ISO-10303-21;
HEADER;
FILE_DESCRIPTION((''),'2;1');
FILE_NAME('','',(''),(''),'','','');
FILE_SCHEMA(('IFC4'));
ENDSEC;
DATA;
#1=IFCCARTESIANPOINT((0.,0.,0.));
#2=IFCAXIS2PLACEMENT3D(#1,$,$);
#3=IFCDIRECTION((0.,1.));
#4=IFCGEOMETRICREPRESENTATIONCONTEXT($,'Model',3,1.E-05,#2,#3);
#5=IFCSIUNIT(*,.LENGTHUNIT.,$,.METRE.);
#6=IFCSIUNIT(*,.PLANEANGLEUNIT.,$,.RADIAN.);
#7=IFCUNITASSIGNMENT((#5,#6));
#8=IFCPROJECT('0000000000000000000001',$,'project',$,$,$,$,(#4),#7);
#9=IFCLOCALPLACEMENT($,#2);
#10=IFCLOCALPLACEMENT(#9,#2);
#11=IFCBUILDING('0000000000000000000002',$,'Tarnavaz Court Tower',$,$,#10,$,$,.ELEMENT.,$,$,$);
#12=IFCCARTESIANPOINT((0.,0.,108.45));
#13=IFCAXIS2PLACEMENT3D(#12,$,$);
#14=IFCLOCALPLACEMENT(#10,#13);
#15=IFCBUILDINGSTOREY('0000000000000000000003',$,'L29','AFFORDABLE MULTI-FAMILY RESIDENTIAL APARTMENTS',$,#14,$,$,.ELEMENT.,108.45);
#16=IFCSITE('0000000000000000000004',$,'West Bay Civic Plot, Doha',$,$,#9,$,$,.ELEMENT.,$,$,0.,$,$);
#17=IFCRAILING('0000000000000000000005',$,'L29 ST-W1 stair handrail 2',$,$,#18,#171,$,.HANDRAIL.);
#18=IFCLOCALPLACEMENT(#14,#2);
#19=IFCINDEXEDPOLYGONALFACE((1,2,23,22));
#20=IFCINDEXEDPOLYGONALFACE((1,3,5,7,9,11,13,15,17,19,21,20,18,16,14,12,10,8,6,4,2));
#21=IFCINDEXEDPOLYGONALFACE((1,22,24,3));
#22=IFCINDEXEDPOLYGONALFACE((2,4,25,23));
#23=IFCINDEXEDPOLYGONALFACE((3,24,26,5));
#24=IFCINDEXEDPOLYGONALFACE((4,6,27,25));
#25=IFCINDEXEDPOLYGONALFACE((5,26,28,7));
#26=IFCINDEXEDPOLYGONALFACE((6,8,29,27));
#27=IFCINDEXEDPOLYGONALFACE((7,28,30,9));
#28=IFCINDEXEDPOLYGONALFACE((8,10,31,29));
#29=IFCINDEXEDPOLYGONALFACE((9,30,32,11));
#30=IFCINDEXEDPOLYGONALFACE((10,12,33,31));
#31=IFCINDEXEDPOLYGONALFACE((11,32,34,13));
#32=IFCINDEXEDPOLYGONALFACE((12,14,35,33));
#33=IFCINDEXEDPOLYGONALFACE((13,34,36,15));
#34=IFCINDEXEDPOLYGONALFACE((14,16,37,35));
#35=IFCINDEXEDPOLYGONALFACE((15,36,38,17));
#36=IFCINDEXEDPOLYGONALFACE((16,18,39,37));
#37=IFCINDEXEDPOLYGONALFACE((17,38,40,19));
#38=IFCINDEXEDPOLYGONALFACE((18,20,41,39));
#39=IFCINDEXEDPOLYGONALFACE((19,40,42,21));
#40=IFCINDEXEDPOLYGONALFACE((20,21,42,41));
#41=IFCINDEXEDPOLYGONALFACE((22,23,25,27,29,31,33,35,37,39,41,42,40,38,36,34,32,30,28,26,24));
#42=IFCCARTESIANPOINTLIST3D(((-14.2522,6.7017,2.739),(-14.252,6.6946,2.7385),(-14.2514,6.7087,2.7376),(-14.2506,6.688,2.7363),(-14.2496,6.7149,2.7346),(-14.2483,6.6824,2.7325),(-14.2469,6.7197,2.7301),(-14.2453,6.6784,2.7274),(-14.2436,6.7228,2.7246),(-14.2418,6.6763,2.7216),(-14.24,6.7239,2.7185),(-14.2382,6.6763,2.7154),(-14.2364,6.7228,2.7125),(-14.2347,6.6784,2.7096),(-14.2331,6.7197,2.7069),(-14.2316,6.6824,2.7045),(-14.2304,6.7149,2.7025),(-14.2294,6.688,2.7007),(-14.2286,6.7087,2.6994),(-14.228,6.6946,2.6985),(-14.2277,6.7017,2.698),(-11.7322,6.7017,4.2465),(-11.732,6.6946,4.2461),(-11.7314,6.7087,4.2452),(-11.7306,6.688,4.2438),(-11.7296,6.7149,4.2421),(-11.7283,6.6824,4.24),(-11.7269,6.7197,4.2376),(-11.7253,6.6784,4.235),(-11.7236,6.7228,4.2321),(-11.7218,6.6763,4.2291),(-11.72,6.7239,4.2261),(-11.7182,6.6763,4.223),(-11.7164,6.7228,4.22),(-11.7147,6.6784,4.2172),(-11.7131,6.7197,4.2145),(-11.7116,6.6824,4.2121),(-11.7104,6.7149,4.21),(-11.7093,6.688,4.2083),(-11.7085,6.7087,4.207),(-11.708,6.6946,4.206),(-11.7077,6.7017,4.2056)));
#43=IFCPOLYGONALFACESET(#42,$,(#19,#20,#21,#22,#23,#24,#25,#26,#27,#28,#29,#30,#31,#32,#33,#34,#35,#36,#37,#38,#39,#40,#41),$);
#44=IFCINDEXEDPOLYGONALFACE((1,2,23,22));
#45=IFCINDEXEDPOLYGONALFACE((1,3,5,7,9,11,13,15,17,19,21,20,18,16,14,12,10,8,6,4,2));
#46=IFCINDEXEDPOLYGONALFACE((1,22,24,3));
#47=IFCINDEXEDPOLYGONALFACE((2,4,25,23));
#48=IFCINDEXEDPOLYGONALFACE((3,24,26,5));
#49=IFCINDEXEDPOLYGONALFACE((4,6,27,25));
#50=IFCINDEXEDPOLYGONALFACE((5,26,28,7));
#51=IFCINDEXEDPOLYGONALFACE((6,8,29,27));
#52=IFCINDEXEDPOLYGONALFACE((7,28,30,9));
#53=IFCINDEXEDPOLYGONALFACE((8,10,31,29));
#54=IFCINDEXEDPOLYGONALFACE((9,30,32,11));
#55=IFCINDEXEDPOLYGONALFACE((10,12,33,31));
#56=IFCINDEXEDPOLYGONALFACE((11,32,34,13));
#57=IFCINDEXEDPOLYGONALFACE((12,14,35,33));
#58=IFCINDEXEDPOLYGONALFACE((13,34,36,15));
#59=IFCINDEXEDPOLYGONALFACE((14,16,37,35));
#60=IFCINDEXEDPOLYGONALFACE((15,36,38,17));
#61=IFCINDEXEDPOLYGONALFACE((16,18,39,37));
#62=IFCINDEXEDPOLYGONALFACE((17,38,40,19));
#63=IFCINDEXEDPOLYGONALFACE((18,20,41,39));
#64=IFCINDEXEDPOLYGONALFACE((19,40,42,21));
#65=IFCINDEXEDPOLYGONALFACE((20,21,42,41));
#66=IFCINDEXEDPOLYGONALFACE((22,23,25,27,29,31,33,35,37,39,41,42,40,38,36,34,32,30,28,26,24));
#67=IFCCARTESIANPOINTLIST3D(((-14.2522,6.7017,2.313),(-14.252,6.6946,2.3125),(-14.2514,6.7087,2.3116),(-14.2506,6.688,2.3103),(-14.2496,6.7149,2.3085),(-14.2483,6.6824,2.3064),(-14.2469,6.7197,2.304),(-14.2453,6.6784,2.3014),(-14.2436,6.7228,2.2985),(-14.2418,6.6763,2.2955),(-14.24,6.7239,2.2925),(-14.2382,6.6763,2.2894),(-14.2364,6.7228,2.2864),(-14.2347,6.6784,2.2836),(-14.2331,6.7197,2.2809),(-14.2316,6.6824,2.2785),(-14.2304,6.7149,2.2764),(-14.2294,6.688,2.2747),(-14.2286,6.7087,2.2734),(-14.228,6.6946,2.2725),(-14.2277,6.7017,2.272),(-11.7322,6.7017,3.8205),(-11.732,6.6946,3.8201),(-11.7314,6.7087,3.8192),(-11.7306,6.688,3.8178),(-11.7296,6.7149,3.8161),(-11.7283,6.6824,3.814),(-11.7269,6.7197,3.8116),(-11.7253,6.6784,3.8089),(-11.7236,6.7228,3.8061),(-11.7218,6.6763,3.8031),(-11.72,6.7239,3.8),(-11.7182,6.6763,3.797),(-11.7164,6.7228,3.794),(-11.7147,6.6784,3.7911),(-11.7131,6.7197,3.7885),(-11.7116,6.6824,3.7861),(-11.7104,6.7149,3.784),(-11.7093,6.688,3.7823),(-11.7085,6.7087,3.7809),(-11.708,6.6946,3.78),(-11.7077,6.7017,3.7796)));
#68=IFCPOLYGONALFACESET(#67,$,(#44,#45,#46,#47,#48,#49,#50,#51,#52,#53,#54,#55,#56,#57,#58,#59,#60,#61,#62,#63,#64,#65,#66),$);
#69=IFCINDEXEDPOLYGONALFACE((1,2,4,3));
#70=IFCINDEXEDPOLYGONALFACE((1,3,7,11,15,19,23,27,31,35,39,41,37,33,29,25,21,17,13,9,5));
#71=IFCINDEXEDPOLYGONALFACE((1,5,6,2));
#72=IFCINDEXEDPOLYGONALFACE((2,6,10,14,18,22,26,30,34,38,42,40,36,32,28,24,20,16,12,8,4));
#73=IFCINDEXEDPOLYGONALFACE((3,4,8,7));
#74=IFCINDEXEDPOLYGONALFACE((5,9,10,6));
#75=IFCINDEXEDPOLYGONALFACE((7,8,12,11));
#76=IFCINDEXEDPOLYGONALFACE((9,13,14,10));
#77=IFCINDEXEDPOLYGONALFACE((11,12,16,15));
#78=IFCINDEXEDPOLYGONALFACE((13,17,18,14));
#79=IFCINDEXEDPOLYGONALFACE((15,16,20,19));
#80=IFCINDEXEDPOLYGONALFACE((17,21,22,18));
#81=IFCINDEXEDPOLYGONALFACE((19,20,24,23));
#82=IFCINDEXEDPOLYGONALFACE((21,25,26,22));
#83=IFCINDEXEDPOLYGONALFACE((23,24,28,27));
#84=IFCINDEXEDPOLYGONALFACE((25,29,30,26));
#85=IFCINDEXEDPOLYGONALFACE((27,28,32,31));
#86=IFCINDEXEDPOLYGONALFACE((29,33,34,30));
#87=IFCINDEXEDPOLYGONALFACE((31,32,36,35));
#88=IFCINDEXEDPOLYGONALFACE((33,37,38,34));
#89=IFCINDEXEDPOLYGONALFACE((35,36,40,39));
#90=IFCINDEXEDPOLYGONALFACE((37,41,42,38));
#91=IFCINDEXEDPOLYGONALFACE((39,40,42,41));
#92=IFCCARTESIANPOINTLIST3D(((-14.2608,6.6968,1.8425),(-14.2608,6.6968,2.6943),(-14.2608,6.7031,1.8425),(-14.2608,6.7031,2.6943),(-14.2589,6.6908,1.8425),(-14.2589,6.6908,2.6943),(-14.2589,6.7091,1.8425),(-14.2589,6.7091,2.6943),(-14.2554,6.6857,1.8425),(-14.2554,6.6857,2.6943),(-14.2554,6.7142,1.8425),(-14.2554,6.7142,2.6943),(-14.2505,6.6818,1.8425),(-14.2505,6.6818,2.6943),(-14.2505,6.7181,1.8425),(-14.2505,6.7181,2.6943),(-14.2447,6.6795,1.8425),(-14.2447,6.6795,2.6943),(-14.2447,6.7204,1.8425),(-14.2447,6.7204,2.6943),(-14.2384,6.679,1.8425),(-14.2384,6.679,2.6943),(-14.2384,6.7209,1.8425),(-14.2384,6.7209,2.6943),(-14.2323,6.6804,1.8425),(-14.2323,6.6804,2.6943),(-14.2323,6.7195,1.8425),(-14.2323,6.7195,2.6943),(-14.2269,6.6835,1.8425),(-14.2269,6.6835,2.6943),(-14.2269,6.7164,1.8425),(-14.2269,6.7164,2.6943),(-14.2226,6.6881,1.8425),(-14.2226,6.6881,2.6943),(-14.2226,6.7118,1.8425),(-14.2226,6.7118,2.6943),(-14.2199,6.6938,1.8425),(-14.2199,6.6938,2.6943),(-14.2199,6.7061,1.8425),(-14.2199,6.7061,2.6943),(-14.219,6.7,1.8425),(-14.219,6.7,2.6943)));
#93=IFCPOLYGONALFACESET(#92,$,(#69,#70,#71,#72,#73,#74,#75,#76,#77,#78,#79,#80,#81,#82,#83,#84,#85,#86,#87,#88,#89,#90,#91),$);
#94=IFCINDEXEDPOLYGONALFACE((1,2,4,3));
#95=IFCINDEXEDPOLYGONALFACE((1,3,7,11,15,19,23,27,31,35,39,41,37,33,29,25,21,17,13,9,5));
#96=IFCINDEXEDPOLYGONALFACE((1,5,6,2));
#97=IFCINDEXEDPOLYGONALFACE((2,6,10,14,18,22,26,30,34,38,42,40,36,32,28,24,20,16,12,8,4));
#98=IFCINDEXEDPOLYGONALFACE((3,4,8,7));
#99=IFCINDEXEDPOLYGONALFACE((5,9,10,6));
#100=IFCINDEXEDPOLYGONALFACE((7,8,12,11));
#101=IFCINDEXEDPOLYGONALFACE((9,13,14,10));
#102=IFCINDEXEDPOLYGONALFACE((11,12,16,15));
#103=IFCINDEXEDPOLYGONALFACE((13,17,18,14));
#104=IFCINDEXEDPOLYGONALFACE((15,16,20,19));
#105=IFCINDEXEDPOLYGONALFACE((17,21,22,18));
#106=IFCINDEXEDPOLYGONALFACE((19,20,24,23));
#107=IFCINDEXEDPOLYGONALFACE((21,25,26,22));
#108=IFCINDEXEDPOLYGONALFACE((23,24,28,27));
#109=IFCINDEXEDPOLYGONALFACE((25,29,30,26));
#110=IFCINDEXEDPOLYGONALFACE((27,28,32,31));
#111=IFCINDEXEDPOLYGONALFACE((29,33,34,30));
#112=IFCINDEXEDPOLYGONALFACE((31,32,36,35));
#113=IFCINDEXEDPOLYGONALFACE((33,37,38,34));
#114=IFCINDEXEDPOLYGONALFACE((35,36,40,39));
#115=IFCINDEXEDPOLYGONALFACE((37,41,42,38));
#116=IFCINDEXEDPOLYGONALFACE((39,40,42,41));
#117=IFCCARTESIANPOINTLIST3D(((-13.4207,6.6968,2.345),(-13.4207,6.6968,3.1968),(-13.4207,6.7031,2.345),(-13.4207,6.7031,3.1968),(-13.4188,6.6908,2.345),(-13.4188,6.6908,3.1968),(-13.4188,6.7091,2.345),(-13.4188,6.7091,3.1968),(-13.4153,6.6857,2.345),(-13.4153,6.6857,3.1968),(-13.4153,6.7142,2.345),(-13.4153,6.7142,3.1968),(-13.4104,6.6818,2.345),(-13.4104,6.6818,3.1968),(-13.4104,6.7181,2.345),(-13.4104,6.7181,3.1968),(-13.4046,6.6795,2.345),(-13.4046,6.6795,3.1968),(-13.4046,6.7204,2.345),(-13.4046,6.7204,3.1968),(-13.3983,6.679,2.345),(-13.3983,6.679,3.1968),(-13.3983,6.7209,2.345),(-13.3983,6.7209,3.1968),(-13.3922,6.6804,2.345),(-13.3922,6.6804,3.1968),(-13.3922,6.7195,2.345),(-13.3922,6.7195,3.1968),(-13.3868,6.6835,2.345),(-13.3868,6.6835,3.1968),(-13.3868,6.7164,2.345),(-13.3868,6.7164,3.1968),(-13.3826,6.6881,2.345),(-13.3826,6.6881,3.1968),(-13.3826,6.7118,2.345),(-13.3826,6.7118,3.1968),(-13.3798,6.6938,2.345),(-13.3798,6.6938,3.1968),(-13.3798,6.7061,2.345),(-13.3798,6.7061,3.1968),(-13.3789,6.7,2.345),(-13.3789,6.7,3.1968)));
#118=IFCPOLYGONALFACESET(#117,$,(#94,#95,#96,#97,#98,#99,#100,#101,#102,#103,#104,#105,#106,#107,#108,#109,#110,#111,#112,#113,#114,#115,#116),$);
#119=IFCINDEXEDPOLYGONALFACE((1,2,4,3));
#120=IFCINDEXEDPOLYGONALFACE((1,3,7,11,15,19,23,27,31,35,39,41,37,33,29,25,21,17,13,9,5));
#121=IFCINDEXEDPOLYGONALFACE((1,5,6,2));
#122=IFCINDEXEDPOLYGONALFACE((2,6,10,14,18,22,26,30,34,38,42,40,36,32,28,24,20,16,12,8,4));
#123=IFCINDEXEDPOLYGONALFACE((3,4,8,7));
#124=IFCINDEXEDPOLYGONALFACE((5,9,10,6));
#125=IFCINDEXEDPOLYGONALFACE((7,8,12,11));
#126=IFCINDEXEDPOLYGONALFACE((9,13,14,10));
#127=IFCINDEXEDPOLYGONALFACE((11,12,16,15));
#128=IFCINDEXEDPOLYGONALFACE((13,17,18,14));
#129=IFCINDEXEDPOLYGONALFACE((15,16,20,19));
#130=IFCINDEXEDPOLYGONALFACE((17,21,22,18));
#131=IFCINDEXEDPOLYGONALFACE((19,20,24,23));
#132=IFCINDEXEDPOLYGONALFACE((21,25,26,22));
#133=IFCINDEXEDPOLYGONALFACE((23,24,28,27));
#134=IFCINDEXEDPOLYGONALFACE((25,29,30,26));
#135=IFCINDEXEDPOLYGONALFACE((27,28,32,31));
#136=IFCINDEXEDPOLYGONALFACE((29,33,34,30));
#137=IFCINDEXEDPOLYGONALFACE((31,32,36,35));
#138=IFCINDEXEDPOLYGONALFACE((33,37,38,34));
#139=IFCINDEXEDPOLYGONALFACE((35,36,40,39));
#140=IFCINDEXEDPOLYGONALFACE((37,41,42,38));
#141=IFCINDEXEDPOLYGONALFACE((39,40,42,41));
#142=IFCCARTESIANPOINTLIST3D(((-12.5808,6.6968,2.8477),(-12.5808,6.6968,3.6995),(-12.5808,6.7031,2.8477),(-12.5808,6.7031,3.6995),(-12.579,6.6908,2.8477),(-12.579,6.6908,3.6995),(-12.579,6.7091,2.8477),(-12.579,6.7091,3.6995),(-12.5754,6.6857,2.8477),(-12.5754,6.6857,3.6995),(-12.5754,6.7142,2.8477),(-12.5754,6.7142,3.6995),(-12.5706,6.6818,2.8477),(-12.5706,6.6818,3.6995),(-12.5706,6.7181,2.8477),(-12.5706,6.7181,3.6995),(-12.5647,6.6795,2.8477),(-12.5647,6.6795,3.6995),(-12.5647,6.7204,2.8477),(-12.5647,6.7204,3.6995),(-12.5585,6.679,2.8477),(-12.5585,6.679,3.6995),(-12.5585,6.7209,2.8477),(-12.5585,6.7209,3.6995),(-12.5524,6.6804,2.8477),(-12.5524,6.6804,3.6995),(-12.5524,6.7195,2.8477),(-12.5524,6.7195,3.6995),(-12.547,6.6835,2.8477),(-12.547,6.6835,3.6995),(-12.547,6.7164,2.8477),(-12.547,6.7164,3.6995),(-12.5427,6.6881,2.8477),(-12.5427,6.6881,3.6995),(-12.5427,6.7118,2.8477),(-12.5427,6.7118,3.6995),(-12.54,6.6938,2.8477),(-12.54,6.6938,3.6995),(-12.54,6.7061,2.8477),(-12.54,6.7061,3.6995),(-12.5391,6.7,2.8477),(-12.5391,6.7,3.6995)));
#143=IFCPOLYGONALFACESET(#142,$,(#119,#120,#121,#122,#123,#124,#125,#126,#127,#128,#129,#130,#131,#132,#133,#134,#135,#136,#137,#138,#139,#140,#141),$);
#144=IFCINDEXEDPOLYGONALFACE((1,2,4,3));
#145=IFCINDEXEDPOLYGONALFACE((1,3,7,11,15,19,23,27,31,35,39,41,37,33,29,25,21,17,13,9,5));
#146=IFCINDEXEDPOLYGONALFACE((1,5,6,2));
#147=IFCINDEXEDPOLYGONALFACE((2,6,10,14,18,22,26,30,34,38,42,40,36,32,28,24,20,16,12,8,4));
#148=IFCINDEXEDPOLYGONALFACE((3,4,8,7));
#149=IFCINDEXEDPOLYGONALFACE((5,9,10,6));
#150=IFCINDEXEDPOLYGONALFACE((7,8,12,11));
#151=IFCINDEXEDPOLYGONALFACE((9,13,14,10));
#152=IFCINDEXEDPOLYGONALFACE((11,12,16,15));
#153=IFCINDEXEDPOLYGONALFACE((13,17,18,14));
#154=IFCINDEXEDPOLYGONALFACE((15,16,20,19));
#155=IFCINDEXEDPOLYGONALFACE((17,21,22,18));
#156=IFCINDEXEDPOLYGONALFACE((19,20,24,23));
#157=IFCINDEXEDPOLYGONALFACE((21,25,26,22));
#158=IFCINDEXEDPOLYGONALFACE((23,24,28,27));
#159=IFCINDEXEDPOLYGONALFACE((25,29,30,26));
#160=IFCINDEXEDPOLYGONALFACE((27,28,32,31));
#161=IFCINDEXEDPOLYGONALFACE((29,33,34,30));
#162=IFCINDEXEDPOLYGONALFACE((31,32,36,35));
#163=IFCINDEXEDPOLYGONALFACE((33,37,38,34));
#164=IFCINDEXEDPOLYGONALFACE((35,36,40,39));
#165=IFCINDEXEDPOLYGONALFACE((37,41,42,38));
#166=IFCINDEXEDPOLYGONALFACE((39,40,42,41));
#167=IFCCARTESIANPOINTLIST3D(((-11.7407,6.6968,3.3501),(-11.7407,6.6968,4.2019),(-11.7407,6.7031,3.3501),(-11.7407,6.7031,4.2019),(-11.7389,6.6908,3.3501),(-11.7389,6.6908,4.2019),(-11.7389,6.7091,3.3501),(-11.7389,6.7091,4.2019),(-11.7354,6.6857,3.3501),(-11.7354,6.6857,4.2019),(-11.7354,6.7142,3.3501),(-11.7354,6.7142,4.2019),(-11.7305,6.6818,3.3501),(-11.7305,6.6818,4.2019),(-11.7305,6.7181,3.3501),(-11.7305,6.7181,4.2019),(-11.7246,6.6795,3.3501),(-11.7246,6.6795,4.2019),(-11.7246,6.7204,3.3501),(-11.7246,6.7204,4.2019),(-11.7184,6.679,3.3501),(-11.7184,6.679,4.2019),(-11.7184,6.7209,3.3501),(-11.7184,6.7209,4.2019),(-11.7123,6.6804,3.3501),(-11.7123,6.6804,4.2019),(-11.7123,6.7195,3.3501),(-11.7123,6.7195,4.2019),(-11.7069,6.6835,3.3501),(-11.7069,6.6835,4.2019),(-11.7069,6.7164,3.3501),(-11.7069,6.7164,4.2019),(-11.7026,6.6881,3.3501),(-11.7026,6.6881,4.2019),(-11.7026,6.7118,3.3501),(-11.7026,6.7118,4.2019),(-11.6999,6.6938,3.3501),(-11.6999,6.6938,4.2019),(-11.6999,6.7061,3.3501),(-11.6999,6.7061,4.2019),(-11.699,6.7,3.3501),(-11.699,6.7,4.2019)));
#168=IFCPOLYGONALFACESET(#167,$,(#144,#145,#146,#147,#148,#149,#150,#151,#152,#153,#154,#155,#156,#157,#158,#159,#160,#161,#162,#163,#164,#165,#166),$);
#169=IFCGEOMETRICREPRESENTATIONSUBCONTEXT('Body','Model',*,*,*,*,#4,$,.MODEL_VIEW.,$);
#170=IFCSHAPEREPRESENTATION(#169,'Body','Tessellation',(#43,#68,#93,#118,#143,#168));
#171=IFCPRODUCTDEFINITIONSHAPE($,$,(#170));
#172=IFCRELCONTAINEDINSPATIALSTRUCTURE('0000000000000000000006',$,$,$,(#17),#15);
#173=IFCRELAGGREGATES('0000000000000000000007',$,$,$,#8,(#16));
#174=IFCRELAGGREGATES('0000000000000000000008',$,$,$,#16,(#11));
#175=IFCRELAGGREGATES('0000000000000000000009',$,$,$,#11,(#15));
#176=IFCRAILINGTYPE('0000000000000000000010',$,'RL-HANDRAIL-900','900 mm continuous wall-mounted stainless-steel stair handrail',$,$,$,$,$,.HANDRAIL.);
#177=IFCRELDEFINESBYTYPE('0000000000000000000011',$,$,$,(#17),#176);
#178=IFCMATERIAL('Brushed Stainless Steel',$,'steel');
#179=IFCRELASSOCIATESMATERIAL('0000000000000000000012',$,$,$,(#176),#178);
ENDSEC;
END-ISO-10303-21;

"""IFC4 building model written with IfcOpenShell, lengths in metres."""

from ifc_helpers import new_model, si_unit, direction, frame, origin, origin_2d, place, context, subcontext, project, spatial, circle, extrude, material, type_object, element, save


model = new_model("IFC4")

# Units and contexts
model_context = context("Model", 3, precision=1e-05, world=origin(), true_north=direction((0.0, 1.0)))
body_context = subcontext(model_context, "Body", "Model", "MODEL_VIEW")
ifc_project = project(units=[si_unit("LENGTHUNIT", "METRE"), si_unit("PLANEANGLEUNIT", "RADIAN")], contexts=[model_context])

# Site, building, storey
site_placement = place(None, origin())
site = spatial("IfcSite", under=ifc_project, at=site_placement, Name="West Bay Civic Plot, Doha", CompositionType="ELEMENT", RefElevation=0.0)
building_placement = place(site_placement, origin())
building = spatial("IfcBuilding", under=site, at=building_placement, Name="Tarnavaz Court Tower", CompositionType="ELEMENT")
storey_placement = place(building_placement, frame((0.0, 0.0, 108.45)))
storey = spatial("IfcBuildingStorey", under=building, at=storey_placement, Name="L29", Description="AFFORDABLE MULTI-FAMILY RESIDENTIAL APARTMENTS", CompositionType="ELEMENT", Elevation=108.45)

# Railing
ifc_material_1 = material(Name="Brushed Stainless Steel", Category="steel")
railing_type_1 = type_object("IfcRailingType", Name="RL-HANDRAIL-900", Description="900 mm continuous wall-mounted stainless-steel stair handrail", PredefinedType="HANDRAIL", material=ifc_material_1)
railing_1_placement = place(storey_placement, frame((-14.24, 6.7, 1.8425)))
element("IfcRailing", 1, at=railing_1_placement, inside=storey, type_object=railing_type_1, Name="L29 ST-W1 stair handrail 2", PredefinedType="HANDRAIL", context=body_context, shape_type="SweptSolid", body=[
    extrude(circle(Radius=0.0239, at=origin_2d()), frame((0.0, 0.0, 0.876), z_axis=(0.85816, 0.0, 0.513383), x_axis=(0.0, 1.0, 0.0)), (0.0, 0.0, 1.0), 2.9365),
    extrude(circle(Radius=0.0239, at=origin_2d()), frame((0.0, 0.0, 0.45), z_axis=(0.85816, 0.0, 0.513383), x_axis=(0.0, 1.0, 0.0)), (0.0, 0.0, 1.0), 2.9365),
    extrude(circle(Radius=0.021, at=origin_2d()), origin(), (0.0, 0.0, 1.0), 0.8518),
    extrude(circle(Radius=0.021, at=origin_2d()), frame((0.8401, 0.0, 0.5024)), (0.0, 0.0, 1.0), 0.8518),
    extrude(circle(Radius=0.021, at=origin_2d()), frame((1.6799, 0.0, 1.0051)), (0.0, 0.0, 1.0), 0.8518),
    extrude(circle(Radius=0.021, at=origin_2d()), frame((2.52, 0.0, 1.5076)), (0.0, 0.0, 1.0), 0.8518),
])

save(model, "model.ifc")
